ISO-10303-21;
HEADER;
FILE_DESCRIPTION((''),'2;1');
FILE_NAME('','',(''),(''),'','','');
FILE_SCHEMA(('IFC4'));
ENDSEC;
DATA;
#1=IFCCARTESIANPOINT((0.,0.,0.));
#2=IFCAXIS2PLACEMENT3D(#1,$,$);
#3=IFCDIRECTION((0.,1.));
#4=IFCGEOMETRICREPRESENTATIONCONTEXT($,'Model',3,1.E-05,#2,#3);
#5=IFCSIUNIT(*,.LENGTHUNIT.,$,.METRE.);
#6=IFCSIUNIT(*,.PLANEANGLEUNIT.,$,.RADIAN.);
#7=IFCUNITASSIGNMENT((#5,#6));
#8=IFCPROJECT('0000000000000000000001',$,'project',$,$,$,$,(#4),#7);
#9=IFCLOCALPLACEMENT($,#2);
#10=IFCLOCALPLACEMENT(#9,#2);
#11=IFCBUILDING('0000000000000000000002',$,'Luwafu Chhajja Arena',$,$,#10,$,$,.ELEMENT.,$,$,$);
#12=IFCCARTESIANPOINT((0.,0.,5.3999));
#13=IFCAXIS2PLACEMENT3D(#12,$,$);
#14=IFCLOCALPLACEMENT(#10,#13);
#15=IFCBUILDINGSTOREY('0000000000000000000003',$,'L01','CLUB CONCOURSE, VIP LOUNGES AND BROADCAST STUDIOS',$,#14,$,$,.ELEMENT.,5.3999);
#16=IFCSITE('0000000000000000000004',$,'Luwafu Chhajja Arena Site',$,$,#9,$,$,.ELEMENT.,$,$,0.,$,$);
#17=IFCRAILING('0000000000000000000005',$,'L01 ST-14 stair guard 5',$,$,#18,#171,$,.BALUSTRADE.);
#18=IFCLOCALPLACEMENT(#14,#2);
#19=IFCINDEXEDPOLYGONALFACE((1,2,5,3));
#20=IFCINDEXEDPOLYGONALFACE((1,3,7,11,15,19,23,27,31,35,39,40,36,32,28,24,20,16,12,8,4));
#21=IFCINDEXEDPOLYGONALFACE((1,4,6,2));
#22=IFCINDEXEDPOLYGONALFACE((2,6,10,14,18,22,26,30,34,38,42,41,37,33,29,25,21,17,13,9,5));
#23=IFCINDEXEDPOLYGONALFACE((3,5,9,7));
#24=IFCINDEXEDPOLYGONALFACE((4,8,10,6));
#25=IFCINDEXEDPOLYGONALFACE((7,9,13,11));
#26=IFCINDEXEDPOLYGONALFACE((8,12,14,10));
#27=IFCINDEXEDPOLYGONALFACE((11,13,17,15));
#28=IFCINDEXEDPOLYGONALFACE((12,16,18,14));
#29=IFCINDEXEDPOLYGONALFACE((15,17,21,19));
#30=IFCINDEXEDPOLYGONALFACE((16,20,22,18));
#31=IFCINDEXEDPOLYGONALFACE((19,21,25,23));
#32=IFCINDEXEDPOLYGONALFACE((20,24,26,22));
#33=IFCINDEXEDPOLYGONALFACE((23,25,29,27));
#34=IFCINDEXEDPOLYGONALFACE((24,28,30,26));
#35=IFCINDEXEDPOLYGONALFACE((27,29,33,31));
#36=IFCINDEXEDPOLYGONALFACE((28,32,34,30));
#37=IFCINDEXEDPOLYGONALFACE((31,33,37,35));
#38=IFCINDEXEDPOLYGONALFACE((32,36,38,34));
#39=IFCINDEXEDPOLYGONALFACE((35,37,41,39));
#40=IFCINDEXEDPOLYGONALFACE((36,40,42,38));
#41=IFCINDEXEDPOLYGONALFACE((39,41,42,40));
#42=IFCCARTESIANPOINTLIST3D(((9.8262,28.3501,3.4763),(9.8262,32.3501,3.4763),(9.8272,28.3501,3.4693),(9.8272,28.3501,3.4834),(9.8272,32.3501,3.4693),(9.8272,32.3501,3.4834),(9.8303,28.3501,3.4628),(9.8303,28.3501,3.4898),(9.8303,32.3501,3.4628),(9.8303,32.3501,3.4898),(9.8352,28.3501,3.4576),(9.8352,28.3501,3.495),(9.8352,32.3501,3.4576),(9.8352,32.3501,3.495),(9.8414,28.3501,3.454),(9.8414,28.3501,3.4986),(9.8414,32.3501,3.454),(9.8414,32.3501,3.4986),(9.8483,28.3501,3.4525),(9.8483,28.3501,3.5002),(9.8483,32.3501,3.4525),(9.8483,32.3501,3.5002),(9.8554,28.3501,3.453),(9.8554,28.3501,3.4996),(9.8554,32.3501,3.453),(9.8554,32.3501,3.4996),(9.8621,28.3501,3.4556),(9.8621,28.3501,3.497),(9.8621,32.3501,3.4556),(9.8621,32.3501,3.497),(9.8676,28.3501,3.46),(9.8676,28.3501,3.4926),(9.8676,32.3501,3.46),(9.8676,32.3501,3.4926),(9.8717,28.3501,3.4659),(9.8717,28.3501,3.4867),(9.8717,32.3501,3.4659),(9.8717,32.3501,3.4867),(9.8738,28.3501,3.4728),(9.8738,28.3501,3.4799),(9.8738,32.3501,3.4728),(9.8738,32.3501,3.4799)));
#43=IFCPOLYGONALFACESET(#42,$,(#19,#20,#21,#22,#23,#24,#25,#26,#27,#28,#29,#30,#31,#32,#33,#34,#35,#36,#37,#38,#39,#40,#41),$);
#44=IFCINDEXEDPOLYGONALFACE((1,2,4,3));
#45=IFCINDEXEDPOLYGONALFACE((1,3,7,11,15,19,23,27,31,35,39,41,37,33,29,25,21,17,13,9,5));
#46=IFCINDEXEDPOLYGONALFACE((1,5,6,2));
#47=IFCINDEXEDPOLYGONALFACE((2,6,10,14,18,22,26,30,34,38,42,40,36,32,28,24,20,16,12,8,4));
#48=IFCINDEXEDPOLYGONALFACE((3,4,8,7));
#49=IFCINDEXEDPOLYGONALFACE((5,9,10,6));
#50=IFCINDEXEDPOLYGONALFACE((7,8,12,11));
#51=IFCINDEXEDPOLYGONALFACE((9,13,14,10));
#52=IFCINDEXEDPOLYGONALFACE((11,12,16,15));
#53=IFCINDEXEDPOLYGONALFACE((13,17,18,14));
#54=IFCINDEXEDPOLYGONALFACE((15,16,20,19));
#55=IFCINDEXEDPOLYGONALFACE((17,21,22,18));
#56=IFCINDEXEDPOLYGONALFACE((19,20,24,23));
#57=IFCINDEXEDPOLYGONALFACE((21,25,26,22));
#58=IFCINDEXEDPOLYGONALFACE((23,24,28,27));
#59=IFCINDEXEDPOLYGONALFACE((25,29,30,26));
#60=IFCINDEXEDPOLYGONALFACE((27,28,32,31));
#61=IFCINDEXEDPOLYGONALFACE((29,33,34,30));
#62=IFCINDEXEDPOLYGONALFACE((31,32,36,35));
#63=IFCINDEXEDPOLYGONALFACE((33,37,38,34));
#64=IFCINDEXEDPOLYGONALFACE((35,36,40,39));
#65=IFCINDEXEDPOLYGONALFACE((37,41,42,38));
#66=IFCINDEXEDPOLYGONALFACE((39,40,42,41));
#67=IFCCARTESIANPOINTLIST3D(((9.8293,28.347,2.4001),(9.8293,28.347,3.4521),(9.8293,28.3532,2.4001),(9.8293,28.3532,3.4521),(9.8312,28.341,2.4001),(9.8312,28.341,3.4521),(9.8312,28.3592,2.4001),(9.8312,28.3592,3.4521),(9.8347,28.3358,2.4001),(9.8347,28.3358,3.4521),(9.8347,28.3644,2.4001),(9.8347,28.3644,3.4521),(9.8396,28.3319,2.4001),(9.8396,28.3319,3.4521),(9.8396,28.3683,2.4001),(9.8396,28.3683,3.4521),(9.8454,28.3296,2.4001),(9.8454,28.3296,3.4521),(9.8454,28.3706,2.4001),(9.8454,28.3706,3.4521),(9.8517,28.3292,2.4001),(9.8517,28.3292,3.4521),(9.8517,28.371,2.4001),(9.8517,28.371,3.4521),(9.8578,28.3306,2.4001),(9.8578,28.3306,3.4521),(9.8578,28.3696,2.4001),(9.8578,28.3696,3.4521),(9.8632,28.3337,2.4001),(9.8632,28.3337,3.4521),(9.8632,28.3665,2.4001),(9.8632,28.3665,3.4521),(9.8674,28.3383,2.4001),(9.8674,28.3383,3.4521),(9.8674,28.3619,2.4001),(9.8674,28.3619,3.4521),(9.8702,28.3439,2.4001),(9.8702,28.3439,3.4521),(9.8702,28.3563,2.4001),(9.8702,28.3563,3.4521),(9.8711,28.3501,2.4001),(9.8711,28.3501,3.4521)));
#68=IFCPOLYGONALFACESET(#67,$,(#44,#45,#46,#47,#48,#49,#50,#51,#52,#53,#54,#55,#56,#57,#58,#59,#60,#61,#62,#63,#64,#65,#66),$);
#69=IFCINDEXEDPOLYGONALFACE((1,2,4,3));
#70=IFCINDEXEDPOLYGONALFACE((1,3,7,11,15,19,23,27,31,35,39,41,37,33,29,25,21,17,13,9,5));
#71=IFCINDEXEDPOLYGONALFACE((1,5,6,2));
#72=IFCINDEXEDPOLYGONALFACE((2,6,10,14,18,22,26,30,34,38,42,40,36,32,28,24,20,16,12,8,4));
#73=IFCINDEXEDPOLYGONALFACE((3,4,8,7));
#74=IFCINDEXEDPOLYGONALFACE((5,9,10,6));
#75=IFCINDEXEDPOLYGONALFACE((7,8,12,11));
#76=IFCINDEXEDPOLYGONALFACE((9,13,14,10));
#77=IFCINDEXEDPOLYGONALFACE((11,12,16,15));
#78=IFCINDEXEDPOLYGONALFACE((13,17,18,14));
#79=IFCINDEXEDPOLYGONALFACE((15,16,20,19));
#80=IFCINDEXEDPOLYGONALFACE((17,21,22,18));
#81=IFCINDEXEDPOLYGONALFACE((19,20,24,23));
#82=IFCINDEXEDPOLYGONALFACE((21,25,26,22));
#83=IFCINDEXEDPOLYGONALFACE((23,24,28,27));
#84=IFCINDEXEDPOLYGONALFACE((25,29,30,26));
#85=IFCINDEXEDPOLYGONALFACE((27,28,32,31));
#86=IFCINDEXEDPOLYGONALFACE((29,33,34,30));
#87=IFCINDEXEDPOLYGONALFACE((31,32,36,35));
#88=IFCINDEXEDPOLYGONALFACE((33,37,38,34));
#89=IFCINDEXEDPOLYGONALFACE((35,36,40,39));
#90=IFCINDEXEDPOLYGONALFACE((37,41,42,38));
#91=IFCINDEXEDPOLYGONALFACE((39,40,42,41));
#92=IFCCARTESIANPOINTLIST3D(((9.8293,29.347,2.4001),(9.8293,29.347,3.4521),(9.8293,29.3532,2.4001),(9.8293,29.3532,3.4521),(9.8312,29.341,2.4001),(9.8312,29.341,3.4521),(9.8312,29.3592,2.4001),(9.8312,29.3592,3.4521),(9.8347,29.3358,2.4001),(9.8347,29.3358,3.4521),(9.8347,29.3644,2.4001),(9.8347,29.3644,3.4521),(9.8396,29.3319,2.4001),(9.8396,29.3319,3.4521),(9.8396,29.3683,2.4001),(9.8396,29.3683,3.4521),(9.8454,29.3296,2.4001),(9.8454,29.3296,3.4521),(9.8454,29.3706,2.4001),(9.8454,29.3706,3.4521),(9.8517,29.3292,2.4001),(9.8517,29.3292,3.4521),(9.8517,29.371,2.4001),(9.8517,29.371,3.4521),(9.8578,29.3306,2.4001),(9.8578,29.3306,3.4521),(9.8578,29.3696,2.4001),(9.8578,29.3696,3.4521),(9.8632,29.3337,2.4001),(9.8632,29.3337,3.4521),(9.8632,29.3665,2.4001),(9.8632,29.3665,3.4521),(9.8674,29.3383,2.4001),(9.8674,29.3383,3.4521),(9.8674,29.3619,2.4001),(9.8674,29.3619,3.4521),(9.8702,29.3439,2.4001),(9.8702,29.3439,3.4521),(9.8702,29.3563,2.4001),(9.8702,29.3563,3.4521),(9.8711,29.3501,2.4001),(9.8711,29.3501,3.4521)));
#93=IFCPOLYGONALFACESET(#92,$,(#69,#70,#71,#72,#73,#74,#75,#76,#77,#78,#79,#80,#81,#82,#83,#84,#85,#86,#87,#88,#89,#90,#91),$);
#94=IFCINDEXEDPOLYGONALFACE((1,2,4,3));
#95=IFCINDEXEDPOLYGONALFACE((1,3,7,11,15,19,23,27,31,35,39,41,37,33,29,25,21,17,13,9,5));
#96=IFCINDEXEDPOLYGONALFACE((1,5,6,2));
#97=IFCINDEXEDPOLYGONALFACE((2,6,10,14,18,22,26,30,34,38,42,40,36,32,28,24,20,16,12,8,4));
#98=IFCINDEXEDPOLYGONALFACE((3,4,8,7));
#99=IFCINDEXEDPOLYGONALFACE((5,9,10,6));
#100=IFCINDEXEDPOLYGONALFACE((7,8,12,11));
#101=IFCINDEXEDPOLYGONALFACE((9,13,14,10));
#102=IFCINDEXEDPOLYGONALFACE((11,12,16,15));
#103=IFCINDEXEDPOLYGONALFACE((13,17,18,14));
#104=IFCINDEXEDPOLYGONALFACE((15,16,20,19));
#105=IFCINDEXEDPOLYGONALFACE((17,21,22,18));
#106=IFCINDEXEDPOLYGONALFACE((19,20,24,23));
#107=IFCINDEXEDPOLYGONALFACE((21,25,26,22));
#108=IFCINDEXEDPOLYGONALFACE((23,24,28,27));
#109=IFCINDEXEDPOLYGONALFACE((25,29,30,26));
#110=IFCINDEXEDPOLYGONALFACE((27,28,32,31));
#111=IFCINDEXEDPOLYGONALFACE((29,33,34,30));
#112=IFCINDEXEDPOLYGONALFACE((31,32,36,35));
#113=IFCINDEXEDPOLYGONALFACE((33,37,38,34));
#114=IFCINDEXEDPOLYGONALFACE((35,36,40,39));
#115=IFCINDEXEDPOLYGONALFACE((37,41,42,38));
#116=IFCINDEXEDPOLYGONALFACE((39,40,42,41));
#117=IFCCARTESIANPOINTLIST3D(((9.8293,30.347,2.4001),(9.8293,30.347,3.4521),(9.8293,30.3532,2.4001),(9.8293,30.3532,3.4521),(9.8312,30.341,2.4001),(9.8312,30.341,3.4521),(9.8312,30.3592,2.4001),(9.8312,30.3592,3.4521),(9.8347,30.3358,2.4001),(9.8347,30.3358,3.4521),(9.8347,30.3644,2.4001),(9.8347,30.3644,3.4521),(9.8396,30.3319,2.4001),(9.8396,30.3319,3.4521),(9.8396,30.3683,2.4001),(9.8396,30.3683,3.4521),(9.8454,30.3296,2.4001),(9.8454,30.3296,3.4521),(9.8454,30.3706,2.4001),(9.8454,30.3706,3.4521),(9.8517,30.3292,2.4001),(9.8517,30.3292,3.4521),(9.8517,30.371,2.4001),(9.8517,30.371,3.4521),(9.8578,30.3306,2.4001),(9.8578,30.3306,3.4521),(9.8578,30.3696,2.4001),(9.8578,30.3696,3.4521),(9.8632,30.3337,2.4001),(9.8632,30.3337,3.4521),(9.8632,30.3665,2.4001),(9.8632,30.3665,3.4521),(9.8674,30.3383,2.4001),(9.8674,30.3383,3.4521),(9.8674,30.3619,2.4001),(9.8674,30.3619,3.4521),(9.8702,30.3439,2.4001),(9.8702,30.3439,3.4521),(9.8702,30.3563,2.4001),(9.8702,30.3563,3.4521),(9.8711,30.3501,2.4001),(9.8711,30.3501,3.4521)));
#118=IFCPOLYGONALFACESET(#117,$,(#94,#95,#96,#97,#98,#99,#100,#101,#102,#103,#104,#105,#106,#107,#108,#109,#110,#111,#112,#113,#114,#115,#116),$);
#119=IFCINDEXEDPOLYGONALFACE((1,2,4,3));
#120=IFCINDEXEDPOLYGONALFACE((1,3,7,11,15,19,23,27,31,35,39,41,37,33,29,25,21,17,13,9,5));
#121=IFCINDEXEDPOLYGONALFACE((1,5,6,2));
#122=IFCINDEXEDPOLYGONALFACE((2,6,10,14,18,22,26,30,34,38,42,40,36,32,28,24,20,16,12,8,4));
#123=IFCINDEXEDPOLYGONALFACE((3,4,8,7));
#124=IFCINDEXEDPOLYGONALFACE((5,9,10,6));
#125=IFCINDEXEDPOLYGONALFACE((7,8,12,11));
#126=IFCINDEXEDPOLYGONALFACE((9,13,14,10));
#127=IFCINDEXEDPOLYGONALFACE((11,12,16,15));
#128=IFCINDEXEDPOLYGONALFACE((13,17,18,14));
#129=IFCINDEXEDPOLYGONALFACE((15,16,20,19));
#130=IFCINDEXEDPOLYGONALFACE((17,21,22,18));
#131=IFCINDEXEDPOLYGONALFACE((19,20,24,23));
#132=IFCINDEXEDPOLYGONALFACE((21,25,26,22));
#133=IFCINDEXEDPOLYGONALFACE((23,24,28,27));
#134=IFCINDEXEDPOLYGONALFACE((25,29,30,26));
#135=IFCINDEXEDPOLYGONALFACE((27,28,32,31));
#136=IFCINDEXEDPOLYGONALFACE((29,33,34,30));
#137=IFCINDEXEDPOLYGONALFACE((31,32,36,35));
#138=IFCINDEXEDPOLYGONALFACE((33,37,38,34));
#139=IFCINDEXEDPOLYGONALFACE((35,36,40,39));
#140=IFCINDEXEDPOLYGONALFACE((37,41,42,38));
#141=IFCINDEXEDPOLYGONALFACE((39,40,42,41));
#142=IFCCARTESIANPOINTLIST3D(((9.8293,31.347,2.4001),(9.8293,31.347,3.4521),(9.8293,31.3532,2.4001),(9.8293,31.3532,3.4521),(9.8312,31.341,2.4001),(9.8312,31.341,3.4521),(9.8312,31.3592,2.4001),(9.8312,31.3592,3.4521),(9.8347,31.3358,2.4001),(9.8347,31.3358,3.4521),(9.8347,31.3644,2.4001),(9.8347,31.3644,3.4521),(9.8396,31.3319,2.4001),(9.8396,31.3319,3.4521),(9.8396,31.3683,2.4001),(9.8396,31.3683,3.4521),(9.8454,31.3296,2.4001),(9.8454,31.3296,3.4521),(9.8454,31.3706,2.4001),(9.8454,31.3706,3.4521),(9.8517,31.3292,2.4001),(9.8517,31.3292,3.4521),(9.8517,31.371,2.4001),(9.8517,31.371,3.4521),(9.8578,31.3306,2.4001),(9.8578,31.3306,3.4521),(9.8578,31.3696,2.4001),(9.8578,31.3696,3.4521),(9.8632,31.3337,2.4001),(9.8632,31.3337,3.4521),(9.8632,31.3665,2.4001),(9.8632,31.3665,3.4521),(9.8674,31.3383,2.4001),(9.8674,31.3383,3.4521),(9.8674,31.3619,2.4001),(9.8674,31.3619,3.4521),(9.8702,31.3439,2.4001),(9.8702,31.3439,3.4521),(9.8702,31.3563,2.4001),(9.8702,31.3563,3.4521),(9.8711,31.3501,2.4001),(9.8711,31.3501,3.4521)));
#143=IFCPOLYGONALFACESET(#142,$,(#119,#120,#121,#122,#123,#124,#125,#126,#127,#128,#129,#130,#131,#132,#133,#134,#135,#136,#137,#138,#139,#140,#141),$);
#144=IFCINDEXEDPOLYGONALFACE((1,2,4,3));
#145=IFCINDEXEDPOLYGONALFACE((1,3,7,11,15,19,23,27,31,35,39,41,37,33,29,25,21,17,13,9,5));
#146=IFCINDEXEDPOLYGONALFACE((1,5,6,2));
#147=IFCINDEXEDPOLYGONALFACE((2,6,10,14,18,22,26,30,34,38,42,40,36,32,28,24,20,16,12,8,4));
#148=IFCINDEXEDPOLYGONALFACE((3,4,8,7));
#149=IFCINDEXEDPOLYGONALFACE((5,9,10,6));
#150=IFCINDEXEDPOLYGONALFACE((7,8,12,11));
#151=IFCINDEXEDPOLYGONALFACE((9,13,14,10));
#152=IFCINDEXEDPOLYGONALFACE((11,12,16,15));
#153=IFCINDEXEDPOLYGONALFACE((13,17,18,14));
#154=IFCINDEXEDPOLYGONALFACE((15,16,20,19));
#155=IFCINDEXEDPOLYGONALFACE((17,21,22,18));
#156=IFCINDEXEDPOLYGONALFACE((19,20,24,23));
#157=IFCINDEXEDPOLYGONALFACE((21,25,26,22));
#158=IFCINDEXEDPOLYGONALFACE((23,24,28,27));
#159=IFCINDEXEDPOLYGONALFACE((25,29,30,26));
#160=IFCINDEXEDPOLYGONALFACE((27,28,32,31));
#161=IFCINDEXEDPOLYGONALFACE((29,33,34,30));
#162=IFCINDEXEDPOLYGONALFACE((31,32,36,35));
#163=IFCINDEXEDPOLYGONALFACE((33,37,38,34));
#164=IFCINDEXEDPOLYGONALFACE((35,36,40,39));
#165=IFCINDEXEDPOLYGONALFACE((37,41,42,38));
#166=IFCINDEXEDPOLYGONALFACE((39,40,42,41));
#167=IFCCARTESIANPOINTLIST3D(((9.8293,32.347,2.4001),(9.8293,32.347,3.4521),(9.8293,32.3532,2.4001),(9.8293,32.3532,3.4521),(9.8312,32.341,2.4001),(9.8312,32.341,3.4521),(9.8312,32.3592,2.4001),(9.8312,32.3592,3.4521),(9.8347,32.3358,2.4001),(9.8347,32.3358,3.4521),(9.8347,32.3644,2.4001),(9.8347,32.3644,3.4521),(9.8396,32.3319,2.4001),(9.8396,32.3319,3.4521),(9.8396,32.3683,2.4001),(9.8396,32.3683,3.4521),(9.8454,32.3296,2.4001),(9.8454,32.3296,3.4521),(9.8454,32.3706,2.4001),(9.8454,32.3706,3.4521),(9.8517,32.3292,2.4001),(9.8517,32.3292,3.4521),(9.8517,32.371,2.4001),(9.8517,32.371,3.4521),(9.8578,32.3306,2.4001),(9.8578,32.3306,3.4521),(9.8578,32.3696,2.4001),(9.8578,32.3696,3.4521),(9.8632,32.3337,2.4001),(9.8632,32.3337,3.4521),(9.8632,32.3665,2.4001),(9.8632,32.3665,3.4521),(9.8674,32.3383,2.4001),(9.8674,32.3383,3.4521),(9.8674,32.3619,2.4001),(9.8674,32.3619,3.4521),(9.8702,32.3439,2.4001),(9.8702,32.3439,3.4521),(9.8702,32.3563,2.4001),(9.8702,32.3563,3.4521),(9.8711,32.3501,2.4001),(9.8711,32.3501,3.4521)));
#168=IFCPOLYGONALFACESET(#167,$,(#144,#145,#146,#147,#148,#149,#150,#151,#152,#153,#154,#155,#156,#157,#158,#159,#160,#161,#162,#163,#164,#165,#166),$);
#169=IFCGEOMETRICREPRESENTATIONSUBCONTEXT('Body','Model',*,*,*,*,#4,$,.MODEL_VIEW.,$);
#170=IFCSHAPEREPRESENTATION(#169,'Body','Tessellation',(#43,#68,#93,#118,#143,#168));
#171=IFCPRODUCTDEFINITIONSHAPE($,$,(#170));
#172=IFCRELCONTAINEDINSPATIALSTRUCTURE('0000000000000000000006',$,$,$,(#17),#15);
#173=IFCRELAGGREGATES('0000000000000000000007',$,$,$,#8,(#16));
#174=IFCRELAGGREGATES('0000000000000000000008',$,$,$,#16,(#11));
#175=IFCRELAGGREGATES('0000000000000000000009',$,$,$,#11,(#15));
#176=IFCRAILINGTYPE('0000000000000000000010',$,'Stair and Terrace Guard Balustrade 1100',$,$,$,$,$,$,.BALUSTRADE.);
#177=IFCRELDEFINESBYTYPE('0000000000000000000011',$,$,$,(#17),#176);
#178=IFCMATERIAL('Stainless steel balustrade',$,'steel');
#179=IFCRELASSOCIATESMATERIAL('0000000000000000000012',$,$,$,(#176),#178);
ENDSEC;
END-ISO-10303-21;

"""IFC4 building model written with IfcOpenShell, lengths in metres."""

from ifc_helpers import new_model, si_unit, direction, frame, origin, origin_2d, place, context, subcontext, project, spatial, circle, extrude, material, type_object, element, save


model = new_model("IFC4")

# Units and contexts
model_context = context("Model", 3, precision=1e-05, world=origin(), true_north=direction((0.0, 1.0)))
body_context = subcontext(model_context, "Body", "Model", "MODEL_VIEW")
ifc_project = project(units=[si_unit("LENGTHUNIT", "METRE"), si_unit("PLANEANGLEUNIT", "RADIAN")], contexts=[model_context])

# Site, building, storey
site_placement = place(None, origin())
site = spatial("IfcSite", under=ifc_project, at=site_placement, Name="Luwafu Chhajja Arena Site", CompositionType="ELEMENT", RefElevation=0.0)
building_placement = place(site_placement, origin())
building = spatial("IfcBuilding", under=site, at=building_placement, Name="Luwafu Chhajja Arena", CompositionType="ELEMENT")
storey_placement = place(building_placement, frame((0.0, 0.0, 5.3999)))
storey = spatial("IfcBuildingStorey", under=building, at=storey_placement, Name="L01", Description="CLUB CONCOURSE, VIP LOUNGES AND BROADCAST STUDIOS", CompositionType="ELEMENT", Elevation=5.3999)

# Railing
ifc_material_1 = material(Name="Stainless steel balustrade", Category="steel")
railing_type_1 = type_object("IfcRailingType", Name="Stair and Terrace Guard Balustrade 1100", PredefinedType="BALUSTRADE", material=ifc_material_1)
railing_1_placement = place(storey_placement, frame((9.8501, 28.3501, 2.4001)))
element("IfcRailing", 1, at=railing_1_placement, inside=storey, type_object=railing_type_1, Name="L01 ST-14 stair guard 5", PredefinedType="BALUSTRADE", context=body_context, shape_type="SweptSolid", body=[
    extrude(circle(Radius=0.0239, at=origin_2d()), frame((0.0, 0.0, 1.0762), z_axis=(0.0, 1.0, 0.0), x_axis=(-1.0, 0.0, 0.0)), (0.0, 0.0, 1.0), 4.0),
    extrude(circle(Radius=0.021, at=origin_2d()), origin(), (0.0, 0.0, 1.0), 1.052),
    extrude(circle(Radius=0.021, at=origin_2d()), frame((0.0, 1.0, 0.0)), (0.0, 0.0, 1.0), 1.052),
    extrude(circle(Radius=0.021, at=origin_2d()), frame((0.0, 2.0, 0.0)), (0.0, 0.0, 1.0), 1.052),
    extrude(circle(Radius=0.021, at=origin_2d()), frame((0.0, 3.0, 0.0)), (0.0, 0.0, 1.0), 1.052),
    extrude(circle(Radius=0.021, at=origin_2d()), frame((0.0, 4.0, 0.0)), (0.0, 0.0, 1.0), 1.052),
])

save(model, "model.ifc")
